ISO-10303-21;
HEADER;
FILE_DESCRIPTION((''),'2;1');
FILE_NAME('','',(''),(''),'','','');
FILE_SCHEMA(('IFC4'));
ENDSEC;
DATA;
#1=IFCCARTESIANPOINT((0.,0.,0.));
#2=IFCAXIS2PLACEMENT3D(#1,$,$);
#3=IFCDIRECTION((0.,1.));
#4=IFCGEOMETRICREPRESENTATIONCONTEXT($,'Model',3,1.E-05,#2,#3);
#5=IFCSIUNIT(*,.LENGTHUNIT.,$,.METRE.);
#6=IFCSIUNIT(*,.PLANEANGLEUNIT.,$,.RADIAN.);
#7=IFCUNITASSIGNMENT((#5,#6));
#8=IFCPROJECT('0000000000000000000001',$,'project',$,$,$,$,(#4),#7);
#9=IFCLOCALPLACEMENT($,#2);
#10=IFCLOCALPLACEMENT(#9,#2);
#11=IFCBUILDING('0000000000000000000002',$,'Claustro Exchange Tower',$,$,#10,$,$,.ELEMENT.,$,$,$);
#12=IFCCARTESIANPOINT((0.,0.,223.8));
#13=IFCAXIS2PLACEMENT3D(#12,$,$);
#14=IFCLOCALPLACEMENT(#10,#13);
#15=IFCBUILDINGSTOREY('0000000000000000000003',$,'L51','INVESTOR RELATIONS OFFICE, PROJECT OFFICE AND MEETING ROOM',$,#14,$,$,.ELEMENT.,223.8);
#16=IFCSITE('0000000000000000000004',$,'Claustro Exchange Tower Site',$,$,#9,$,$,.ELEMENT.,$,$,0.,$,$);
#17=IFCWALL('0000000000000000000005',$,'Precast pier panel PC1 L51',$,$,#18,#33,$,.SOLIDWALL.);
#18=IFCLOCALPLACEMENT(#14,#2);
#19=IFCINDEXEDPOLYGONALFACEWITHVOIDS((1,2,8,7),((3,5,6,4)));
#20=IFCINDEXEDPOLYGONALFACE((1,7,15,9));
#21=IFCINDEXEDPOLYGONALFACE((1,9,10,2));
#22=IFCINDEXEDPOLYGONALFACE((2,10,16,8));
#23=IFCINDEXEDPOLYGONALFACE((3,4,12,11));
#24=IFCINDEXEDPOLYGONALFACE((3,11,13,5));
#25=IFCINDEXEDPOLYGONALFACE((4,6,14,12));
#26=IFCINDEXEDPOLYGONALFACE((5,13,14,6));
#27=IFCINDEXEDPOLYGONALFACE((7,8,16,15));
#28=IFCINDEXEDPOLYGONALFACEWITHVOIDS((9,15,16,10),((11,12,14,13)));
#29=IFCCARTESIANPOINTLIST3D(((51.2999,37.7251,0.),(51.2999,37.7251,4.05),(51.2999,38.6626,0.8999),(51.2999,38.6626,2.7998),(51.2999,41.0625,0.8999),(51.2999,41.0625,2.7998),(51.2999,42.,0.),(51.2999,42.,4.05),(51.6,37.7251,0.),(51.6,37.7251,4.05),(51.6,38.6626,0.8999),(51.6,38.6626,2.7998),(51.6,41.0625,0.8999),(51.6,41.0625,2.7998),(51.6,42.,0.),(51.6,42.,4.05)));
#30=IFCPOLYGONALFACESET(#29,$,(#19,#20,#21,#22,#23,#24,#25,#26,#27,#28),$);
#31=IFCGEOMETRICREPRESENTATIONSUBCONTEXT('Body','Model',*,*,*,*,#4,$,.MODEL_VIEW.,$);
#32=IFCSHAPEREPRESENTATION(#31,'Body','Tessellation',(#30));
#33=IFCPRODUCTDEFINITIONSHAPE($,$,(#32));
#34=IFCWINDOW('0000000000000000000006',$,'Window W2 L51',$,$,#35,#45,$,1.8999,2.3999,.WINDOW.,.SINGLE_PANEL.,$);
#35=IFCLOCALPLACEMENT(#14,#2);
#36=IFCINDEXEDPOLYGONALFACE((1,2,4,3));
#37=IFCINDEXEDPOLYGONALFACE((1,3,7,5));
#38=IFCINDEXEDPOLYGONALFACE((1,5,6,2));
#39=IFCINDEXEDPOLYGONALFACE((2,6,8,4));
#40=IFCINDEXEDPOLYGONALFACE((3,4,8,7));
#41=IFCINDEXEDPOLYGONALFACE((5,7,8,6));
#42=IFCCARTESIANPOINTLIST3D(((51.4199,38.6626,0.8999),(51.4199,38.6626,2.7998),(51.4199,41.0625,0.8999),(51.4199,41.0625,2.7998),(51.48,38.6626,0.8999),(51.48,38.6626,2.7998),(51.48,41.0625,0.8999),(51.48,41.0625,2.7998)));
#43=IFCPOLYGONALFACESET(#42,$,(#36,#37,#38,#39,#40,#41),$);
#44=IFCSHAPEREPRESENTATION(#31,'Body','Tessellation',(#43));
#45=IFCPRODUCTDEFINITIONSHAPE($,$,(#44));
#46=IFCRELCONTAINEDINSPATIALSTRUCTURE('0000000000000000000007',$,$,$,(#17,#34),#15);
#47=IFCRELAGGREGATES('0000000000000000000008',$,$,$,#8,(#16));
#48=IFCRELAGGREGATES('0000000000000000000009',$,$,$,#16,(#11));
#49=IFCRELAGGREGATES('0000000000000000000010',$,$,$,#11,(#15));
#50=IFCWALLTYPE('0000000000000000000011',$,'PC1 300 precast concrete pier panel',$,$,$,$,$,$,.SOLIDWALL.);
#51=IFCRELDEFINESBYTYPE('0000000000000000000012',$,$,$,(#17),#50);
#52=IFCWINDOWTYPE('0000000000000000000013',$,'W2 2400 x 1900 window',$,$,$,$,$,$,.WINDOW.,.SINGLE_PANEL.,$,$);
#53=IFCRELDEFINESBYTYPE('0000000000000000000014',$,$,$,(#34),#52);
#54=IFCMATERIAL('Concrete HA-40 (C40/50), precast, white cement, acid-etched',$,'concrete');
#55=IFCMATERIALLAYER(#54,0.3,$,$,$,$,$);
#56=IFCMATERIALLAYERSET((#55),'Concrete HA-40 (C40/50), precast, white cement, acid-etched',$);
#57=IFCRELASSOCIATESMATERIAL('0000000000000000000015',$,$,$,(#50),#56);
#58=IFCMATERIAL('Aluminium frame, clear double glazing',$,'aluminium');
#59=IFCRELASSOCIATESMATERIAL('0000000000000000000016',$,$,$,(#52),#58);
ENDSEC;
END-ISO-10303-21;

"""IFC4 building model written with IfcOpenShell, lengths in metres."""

from ifc_helpers import new_model, si_unit, direction, frame, frame_2d, origin, place, context, subcontext, project, spatial, rectangle, extrude, material, layer, layer_set, type_object, element, fill, save


model = new_model("IFC4")

# Units and contexts
model_context = context("Model", 3, precision=1e-05, world=origin(), true_north=direction((0.0, 1.0)))
body_context = subcontext(model_context, "Body", "Model", "MODEL_VIEW")
ifc_project = project(units=[si_unit("LENGTHUNIT", "METRE"), si_unit("PLANEANGLEUNIT", "RADIAN")], contexts=[model_context])

# Site, building, storey
site_placement = place(None, origin())
site = spatial("IfcSite", under=ifc_project, at=site_placement, Name="Claustro Exchange Tower Site", CompositionType="ELEMENT", RefElevation=0.0)
building_placement = place(site_placement, origin())
building = spatial("IfcBuilding", under=site, at=building_placement, Name="Claustro Exchange Tower", CompositionType="ELEMENT")
storey_placement = place(building_placement, frame((0.0, 0.0, 223.8)))
storey = spatial("IfcBuildingStorey", under=building, at=storey_placement, Name="L51", Description="INVESTOR RELATIONS OFFICE, PROJECT OFFICE AND MEETING ROOM", CompositionType="ELEMENT", Elevation=223.8)

# Shared definitions
ifc_material_1 = material(Name="Concrete HA-40 (C40/50), precast, white cement, acid-etched", Category="concrete")
ifc_layer_1 = layer(ifc_material_1, 0.3)
ifc_layer_set_1 = layer_set([ifc_layer_1], Name="Concrete HA-40 (C40/50), precast, white cement, acid-etched")
wall_type_1 = type_object("IfcWallType", Name="PC1 300 precast concrete pier panel", PredefinedType="SOLIDWALL", material=ifc_layer_set_1)

# Wall, opening, window
wall_1_placement = place(storey_placement, frame((51.45, 42.0, 0.0), z_axis=(0.0, 0.0, 1.0), x_axis=(0.0, -1.0, 0.0)))
wall_1 = element("IfcWall", 1, at=wall_1_placement, inside=storey, type_object=wall_type_1, Name="Precast pier panel PC1 L51", PredefinedType="SOLIDWALL", context=body_context, shape_type="SweptSolid", body=[
    extrude(rectangle(XDim=4.2749, YDim=0.3, at=frame_2d((2.1375, 0.0))), origin(), (0.0, 0.0, 1.0), 4.05),
])
opening_1_placement = place(wall_1_placement, frame((0.9375, 0.0, 0.8999)))
opening_1 = element("IfcOpeningElement", 2, at=opening_1_placement, cuts=wall_1, PredefinedType="OPENING", context=body_context, shape_type="SweptSolid", body=[
    extrude(rectangle(XDim=2.3999, YDim=1.8999, at=frame_2d((1.2, 0.95))), frame((0.0, 0.1599, 0.0), z_axis=(0.0, -1.0, 0.0), x_axis=(1.0, 0.0, 0.0)), (0.0, 0.0, 1.0), 0.3201),
])
ifc_material_2 = material(Name="Aluminium frame, clear double glazing", Category="aluminium")
window_type_1 = type_object("IfcWindowType", Name="W2 2400 x 1900 window", PartitioningType="SINGLE_PANEL", PredefinedType="WINDOW", material=ifc_material_2)
window_1_placement = place(opening_1_placement, origin())
window_1 = element("IfcWindow", 3, at=window_1_placement, inside=storey, type_object=window_type_1, Name="Window W2 L51", OverallHeight=1.8999, OverallWidth=2.3999, PartitioningType="SINGLE_PANEL", PredefinedType="WINDOW", context=body_context, shape_type="SweptSolid", body=[
    extrude(rectangle(XDim=2.3999, YDim=1.8999, at=frame_2d((1.2, 0.95))), frame((0.0, 0.03, 0.0), z_axis=(0.0, -1.0, 0.0), x_axis=(1.0, 0.0, 0.0)), (0.0, 0.0, 1.0), 0.0601),
])
fill(opening_1, window_1)

save(model, "model.ifc")
